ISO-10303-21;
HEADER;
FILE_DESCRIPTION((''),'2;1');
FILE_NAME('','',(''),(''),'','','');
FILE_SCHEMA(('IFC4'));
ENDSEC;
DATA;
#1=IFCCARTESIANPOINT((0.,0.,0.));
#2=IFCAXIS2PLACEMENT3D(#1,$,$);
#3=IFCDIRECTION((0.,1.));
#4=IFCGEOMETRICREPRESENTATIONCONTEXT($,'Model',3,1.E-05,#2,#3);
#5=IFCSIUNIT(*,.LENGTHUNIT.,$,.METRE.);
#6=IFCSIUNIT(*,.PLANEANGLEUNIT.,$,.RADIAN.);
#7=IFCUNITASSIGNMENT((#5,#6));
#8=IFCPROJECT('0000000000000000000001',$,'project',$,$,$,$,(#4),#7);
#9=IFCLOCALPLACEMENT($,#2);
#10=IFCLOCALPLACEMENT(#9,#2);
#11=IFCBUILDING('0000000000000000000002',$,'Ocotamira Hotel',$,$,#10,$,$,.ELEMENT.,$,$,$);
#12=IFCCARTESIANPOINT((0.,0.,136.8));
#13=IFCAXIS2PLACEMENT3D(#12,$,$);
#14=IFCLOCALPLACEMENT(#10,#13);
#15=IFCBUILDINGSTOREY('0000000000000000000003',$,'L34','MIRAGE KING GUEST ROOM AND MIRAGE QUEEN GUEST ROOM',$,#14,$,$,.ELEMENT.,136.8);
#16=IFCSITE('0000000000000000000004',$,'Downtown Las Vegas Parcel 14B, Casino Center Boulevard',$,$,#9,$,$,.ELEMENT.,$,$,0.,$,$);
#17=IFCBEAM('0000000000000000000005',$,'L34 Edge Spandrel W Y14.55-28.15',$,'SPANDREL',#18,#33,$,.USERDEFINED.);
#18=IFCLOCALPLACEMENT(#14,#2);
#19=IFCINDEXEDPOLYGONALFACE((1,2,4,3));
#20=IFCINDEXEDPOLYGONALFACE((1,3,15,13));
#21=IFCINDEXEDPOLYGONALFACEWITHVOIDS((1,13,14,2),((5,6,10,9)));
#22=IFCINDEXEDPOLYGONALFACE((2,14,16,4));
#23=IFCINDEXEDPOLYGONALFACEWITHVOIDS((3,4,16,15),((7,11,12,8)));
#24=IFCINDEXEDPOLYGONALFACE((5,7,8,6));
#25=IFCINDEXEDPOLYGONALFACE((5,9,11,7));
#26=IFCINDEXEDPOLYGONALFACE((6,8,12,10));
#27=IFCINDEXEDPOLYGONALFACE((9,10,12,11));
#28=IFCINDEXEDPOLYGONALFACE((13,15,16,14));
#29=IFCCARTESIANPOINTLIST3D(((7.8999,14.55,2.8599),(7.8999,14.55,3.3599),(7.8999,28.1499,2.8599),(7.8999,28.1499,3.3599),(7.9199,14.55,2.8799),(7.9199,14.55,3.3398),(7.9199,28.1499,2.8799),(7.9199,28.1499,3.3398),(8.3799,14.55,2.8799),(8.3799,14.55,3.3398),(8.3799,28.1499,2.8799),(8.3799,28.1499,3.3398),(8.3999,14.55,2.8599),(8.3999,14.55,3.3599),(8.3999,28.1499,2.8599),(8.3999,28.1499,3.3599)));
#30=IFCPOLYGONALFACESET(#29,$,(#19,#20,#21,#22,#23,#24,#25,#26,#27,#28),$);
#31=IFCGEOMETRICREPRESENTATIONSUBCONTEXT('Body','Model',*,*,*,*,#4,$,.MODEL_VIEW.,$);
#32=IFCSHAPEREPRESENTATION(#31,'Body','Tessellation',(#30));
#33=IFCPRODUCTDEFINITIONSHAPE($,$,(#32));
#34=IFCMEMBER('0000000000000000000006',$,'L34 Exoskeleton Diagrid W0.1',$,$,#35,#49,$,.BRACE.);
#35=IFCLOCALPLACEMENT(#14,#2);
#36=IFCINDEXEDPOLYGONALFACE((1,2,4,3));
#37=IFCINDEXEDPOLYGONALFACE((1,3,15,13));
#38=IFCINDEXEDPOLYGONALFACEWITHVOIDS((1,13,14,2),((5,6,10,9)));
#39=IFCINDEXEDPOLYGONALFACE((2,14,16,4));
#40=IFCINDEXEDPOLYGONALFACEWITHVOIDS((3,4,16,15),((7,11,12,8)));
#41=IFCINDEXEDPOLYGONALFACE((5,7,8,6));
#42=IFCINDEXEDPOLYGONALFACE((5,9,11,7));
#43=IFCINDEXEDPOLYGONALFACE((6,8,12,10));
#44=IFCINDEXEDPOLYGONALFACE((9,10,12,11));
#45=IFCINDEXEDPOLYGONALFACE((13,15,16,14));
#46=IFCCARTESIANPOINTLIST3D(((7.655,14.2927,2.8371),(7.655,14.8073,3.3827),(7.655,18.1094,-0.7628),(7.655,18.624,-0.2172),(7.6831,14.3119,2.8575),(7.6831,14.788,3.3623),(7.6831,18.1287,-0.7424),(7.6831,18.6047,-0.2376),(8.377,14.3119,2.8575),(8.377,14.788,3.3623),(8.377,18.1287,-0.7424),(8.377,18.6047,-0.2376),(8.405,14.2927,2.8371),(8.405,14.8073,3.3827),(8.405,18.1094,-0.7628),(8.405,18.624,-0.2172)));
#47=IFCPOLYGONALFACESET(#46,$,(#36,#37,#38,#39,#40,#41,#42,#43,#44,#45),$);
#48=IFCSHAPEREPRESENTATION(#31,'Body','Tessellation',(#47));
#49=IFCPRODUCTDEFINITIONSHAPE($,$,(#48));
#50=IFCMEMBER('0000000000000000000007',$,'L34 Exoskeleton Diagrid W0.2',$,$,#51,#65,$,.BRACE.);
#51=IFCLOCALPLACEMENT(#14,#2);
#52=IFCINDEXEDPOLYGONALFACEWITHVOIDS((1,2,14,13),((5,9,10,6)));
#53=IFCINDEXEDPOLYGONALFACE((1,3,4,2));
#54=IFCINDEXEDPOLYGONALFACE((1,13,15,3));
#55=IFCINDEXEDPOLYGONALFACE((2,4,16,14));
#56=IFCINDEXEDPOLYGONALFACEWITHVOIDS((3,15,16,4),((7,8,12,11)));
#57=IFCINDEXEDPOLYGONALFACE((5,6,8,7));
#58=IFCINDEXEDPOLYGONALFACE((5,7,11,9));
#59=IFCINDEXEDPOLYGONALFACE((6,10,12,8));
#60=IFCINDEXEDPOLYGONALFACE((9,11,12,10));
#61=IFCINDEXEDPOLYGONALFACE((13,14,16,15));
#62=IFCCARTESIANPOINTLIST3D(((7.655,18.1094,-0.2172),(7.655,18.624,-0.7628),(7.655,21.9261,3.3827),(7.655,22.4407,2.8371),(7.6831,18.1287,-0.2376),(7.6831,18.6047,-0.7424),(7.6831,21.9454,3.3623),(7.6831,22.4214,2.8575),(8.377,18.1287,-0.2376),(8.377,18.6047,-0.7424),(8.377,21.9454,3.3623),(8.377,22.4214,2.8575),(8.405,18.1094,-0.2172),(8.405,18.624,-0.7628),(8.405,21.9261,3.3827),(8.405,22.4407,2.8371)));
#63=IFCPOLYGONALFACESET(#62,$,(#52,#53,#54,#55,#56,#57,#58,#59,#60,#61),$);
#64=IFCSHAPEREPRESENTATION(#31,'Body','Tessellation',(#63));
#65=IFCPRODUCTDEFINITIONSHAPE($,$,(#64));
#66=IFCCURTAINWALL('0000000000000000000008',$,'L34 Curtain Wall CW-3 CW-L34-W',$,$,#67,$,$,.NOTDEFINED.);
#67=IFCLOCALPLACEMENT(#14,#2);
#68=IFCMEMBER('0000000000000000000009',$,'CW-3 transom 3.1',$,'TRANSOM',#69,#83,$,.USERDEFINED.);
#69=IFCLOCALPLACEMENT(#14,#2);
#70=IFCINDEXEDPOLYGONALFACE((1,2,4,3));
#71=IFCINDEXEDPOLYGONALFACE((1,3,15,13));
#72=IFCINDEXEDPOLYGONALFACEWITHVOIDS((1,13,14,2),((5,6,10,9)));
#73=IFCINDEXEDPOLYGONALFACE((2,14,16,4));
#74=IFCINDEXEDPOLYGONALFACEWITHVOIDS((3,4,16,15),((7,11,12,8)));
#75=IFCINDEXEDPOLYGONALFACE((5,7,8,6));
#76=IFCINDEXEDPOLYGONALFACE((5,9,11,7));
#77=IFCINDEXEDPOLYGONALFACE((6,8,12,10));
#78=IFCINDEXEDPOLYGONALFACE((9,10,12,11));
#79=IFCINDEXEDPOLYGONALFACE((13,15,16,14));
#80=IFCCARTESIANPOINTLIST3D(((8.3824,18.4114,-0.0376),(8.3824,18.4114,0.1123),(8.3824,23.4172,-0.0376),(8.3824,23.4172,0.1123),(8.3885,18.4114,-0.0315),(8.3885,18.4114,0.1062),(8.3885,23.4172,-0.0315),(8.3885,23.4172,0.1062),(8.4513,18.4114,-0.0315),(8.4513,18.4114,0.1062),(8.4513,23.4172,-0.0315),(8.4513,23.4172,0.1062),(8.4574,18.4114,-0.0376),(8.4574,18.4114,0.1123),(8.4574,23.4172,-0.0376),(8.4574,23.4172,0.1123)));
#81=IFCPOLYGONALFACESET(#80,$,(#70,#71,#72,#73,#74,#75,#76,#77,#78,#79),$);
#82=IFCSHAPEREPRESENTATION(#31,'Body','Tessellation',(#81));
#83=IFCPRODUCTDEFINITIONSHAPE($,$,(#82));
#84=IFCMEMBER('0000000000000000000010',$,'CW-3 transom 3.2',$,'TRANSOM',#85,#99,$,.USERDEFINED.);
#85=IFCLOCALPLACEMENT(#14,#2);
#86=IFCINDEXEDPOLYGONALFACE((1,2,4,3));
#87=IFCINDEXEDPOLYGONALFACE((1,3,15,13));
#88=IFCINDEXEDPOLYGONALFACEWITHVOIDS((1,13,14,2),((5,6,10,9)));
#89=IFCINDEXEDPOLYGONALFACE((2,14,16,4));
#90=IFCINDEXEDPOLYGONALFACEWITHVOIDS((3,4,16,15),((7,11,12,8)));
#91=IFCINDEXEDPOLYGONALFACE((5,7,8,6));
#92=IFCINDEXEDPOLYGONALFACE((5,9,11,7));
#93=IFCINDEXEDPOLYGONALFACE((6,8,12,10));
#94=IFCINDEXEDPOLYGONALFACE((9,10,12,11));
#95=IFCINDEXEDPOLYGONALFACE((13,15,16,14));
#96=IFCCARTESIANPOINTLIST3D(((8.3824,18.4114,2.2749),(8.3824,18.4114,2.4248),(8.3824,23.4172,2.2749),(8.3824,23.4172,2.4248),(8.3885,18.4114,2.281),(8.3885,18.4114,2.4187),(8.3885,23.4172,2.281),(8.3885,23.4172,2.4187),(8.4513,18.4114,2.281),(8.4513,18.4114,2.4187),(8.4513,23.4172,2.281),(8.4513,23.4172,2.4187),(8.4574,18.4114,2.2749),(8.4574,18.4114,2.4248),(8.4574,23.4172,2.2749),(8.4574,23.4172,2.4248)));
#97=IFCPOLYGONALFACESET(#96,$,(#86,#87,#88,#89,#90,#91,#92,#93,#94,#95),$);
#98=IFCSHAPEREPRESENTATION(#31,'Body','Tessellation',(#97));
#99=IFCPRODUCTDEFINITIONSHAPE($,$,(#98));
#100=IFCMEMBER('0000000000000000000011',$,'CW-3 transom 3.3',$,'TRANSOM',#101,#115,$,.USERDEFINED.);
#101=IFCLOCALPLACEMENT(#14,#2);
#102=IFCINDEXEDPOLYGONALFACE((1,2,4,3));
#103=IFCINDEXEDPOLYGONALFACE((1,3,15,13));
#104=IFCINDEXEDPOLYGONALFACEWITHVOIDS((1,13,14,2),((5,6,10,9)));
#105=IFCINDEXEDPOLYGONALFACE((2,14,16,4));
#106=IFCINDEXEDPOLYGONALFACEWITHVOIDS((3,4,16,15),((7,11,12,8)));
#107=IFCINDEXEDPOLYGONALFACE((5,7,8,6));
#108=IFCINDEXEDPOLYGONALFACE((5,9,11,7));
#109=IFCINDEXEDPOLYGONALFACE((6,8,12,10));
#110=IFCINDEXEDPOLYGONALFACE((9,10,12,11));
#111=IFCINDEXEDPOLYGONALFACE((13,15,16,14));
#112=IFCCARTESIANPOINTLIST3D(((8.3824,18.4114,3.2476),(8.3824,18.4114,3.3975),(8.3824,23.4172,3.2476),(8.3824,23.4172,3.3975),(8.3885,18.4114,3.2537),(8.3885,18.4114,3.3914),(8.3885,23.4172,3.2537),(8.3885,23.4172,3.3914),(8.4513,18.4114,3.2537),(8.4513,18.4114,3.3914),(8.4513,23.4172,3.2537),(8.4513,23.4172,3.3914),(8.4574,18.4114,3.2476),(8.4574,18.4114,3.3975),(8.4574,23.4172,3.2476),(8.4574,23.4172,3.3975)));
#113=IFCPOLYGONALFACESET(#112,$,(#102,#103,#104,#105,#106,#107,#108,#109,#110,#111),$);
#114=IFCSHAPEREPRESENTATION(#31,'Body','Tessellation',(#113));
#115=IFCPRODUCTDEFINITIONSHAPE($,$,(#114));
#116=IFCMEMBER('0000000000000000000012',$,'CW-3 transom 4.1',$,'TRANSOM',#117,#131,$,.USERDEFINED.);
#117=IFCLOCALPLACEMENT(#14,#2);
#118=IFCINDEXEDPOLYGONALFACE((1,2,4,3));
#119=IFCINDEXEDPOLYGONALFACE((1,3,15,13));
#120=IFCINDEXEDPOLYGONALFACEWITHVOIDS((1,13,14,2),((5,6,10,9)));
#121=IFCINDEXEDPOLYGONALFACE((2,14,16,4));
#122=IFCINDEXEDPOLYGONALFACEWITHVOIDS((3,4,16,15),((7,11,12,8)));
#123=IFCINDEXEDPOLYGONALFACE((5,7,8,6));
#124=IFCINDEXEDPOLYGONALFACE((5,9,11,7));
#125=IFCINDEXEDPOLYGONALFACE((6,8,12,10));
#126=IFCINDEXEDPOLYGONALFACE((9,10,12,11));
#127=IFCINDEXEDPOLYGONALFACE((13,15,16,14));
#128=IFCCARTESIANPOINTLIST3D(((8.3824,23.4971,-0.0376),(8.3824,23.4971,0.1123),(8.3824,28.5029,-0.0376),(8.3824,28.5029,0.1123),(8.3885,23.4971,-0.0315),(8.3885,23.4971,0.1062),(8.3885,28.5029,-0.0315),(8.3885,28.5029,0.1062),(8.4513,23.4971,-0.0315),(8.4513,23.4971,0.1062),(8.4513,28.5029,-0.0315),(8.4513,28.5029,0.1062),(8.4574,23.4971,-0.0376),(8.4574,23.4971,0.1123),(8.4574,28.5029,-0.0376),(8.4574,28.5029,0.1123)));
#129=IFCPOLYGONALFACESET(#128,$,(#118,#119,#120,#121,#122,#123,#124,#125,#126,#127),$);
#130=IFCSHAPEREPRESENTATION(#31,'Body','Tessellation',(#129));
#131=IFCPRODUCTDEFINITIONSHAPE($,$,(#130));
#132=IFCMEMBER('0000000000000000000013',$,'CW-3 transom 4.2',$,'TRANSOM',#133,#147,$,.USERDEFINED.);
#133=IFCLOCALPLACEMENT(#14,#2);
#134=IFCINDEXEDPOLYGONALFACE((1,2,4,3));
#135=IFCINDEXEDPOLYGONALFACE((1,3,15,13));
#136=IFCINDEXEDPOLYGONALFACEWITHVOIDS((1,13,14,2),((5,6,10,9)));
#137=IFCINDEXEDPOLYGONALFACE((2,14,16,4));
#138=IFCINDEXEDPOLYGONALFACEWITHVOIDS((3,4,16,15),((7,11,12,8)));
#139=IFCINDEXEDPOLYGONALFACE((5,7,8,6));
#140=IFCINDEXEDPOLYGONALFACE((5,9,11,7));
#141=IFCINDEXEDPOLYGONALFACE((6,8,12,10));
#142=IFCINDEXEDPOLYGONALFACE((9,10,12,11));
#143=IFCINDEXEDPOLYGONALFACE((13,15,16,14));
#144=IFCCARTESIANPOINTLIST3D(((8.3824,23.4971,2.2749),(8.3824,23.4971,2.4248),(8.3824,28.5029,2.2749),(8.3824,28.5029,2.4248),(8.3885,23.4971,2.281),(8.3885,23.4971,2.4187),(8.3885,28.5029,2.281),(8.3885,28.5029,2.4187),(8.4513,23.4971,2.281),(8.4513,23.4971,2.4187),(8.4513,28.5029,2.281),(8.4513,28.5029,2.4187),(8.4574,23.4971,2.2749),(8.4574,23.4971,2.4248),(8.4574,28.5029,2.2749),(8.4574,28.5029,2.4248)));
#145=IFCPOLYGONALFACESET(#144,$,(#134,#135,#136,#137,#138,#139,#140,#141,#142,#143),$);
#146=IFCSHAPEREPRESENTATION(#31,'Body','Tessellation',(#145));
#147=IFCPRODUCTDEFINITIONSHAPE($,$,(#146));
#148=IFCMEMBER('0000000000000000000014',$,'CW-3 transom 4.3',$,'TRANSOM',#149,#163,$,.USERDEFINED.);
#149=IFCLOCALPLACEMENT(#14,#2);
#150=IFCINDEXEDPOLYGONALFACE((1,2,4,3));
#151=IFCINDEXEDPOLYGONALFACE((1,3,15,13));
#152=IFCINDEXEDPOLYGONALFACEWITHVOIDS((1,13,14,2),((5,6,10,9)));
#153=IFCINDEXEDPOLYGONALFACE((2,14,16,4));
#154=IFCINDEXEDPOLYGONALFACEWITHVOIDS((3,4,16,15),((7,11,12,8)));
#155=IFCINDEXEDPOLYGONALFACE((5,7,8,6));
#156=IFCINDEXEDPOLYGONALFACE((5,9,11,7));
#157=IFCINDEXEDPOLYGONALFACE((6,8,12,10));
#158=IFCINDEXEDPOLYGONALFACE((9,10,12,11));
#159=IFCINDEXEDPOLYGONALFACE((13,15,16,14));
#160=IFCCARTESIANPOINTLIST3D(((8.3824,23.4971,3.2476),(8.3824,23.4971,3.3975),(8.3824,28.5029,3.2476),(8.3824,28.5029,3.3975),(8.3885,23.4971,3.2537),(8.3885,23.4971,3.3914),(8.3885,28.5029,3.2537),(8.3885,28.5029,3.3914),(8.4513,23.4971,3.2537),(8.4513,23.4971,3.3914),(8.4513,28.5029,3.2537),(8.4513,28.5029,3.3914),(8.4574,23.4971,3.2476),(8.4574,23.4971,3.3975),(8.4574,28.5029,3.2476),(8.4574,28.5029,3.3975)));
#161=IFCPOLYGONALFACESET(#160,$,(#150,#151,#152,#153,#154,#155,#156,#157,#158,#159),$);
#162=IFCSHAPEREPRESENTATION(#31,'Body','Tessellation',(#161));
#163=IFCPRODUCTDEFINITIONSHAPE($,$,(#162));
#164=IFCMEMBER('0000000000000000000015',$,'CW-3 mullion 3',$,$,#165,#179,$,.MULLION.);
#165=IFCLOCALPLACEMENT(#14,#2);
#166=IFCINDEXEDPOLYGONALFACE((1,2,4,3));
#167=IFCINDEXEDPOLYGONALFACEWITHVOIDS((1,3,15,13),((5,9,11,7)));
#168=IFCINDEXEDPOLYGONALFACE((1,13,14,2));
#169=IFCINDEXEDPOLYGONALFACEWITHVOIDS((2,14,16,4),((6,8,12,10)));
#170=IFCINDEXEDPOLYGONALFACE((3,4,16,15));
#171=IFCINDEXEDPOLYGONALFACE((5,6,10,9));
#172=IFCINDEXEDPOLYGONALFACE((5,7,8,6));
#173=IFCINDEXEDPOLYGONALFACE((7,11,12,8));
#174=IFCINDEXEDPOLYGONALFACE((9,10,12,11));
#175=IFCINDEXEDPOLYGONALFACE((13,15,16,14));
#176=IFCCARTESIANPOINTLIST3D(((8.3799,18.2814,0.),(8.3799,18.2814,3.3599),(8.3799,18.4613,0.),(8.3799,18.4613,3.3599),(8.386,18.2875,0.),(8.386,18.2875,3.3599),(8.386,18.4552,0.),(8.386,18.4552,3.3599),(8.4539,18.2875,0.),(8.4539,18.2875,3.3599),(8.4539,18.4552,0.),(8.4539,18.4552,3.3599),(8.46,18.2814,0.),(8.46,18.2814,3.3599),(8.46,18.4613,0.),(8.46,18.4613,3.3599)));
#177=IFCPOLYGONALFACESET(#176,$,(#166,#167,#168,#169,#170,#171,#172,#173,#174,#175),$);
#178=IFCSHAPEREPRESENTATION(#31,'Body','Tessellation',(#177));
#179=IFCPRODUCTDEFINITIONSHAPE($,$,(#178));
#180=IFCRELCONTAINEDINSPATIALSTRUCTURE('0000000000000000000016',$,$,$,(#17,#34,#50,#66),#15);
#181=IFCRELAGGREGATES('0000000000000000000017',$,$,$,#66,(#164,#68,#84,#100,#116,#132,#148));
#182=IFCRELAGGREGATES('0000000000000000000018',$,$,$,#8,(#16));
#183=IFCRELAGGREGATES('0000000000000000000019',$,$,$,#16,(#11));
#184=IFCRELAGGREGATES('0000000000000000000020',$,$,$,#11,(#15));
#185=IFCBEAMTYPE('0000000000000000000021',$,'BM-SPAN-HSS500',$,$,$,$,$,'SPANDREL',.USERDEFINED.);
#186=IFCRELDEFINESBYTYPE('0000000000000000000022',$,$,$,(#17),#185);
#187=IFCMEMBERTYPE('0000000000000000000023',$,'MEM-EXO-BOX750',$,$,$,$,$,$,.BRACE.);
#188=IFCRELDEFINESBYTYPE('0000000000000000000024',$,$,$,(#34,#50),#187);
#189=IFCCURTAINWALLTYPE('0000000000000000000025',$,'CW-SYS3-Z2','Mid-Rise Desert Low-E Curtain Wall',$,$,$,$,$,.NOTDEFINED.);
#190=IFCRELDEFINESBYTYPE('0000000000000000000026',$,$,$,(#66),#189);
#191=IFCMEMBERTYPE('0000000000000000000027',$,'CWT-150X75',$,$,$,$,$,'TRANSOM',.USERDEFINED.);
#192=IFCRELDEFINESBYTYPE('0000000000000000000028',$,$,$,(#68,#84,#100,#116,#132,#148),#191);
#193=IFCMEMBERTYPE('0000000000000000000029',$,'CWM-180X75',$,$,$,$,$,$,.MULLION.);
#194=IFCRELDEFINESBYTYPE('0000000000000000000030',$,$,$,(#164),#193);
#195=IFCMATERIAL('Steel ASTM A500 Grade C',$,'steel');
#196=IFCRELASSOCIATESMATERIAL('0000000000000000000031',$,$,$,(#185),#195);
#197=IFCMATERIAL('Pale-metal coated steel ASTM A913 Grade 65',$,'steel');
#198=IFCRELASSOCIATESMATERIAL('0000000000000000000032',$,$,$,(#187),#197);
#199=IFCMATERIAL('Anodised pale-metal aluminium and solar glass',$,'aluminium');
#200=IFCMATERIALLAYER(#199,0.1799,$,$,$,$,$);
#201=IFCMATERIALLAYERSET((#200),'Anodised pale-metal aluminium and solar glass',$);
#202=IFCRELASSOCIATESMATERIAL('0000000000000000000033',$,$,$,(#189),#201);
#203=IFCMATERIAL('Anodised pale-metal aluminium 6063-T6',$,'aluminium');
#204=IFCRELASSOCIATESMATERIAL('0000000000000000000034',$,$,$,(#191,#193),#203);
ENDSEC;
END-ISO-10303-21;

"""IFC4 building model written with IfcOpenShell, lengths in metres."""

from ifc_helpers import new_model, si_unit, direction, frame, origin, origin_2d, place, context, subcontext, project, spatial, hollow_rectangle, extrude, source, transform, mapped, material, layer, layer_set, material_profile, profile_set, type_object, element, aggregate, save


model = new_model("IFC4")

# Units and contexts
model_context = context("Model", 3, precision=1e-05, world=origin(), true_north=direction((0.0, 1.0)))
body_context = subcontext(model_context, "Body", "Model", "MODEL_VIEW")
ifc_project = project(units=[si_unit("LENGTHUNIT", "METRE"), si_unit("PLANEANGLEUNIT", "RADIAN")], contexts=[model_context])

# Site, building, storey
site_placement = place(None, origin())
site = spatial("IfcSite", under=ifc_project, at=site_placement, Name="Downtown Las Vegas Parcel 14B, Casino Center Boulevard", CompositionType="ELEMENT", RefElevation=0.0)
building_placement = place(site_placement, origin())
building = spatial("IfcBuilding", under=site, at=building_placement, Name="Ocotamira Hotel", CompositionType="ELEMENT")
storey_placement = place(building_placement, frame((0.0, 0.0, 136.8)))
storey = spatial("IfcBuildingStorey", under=building, at=storey_placement, Name="L34", Description="MIRAGE KING GUEST ROOM AND MIRAGE QUEEN GUEST ROOM", CompositionType="ELEMENT", Elevation=136.8)

# Beam
ifc_material_1 = material(Name="Steel ASTM A500 Grade C", Category="steel")
ifc_material_profile_1 = material_profile(ifc_material_1, hollow_rectangle(XDim=0.5, YDim=0.5, WallThickness=0.02, at=origin_2d()), Name="HSS500X500X20")
ifc_profile_set_1 = profile_set([ifc_material_profile_1], Name="Steel ASTM A500 Grade C")
beam_type_1 = type_object("IfcBeamType", Name="BM-SPAN-HSS500", ElementType="SPANDREL", PredefinedType="USERDEFINED", material=ifc_profile_set_1)
shared_shape_1 = source(origin(), body_context, "Body", "SweptSolid", [
    extrude(hollow_rectangle(XDim=0.5, YDim=0.5, WallThickness=0.02, at=origin_2d()), origin(), (0.0, 0.0, 1.0), 13.5999),
])
beam_1_placement = place(storey_placement, frame((8.1499, 14.55, 3.1099), z_axis=(0.0, 1.0, 0.0), x_axis=(-1.0, 0.0, 0.0)))
element("IfcBeam", 1, at=beam_1_placement, inside=storey, type_object=beam_type_1, Name="L34 Edge Spandrel W Y14.55-28.15", ObjectType="SPANDREL", PredefinedType="USERDEFINED", context=body_context, shape_type="MappedRepresentation", body=[
    mapped(shared_shape_1, transform((0.0, 0.0, 0.0), scale=1.0)),
])

# Members
ifc_material_2 = material(Name="Pale-metal coated steel ASTM A913 Grade 65", Category="steel")
ifc_material_profile_2 = material_profile(ifc_material_2, hollow_rectangle(XDim=0.75, YDim=0.75, WallThickness=0.0281, at=origin_2d()), Name="BOX750X750X28")
ifc_profile_set_2 = profile_set([ifc_material_profile_2], Name="Pale-metal coated steel ASTM A913 Grade 65")
member_type_1 = type_object("IfcMemberType", Name="MEM-EXO-BOX750", PredefinedType="BRACE", material=ifc_profile_set_2)
shared_shape_2 = source(origin(), body_context, "Body", "SweptSolid", [
    extrude(hollow_rectangle(XDim=0.75, YDim=0.75, WallThickness=0.0281, at=origin_2d()), origin(), (0.0, 0.0, 1.0), 5.2466),
])
for number, where, z_axis, x_axis, name in (
    (2, (8.03, 18.3667, -0.49), (0.0, -0.727466, 0.686144), (1.0, 0.0, 0.0), "L34 Exoskeleton Diagrid W0.1"),
    (3, (8.03, 18.3667, -0.49), (0.0, 0.727466, 0.686144), (-1.0, 0.0, 0.0), "L34 Exoskeleton Diagrid W0.2"),
):
    element("IfcMember", number, at=place(storey_placement, frame(where, z_axis=z_axis, x_axis=x_axis)), inside=storey, type_object=member_type_1, Name=name, PredefinedType="BRACE", context=body_context, shape_type="MappedRepresentation", body=[
        mapped(shared_shape_2, transform((0.0, 0.0, 0.0), scale=1.0)),
    ])

# Curtain wall, members
ifc_material_3 = material(Name="Anodised pale-metal aluminium and solar glass", Category="aluminium")
ifc_layer_1 = layer(ifc_material_3, 0.1799)
ifc_layer_set_1 = layer_set([ifc_layer_1], Name="Anodised pale-metal aluminium and solar glass")
curtain_wall_type = type_object("IfcCurtainWallType", Name="CW-SYS3-Z2", Description="Mid-Rise Desert Low-E Curtain Wall", PredefinedType="NOTDEFINED", material=ifc_layer_set_1)
curtain_wall_placement = place(storey_placement, origin())
curtain_wall = element("IfcCurtainWall", 4, at=curtain_wall_placement, inside=storey, type_object=curtain_wall_type, Name="L34 Curtain Wall CW-3 CW-L34-W", PredefinedType="NOTDEFINED")
ifc_material_4 = material(Name="Anodised pale-metal aluminium 6063-T6", Category="aluminium")
ifc_material_profile_3 = material_profile(ifc_material_4, hollow_rectangle(XDim=0.075, YDim=0.1499, WallThickness=0.0061, at=origin_2d()), Name="HSS150X75X6")
ifc_profile_set_3 = profile_set([ifc_material_profile_3], Name="Anodised pale-metal aluminium 6063-T6")
member_type_2 = type_object("IfcMemberType", Name="CWT-150X75", ElementType="TRANSOM", PredefinedType="USERDEFINED", material=ifc_profile_set_3)
shared_shape_3 = source(origin(), body_context, "Body", "SweptSolid", [
    extrude(hollow_rectangle(XDim=0.075, YDim=0.1499, WallThickness=0.0061, at=origin_2d()), origin(), (0.0, 0.0, 1.0), 5.0059),
])
member_1_placement = place(storey_placement, frame((8.4199, 18.4114, 0.0374), z_axis=(0.0, 1.0, 0.0), x_axis=(-1.0, 0.0, 0.0)))
member_1 = element("IfcMember", 5, at=member_1_placement, type_object=member_type_2, Name="CW-3 transom 3.1", ObjectType="TRANSOM", PredefinedType="USERDEFINED", context=body_context, shape_type="MappedRepresentation", body=[
    mapped(shared_shape_3, transform((0.0, 0.0, 0.0), scale=1.0)),
])
member_2_placement = place(storey_placement, frame((8.4199, 18.4114, 2.3499), z_axis=(0.0, 1.0, 0.0), x_axis=(-1.0, 0.0, 0.0)))
member_2 = element("IfcMember", 6, at=member_2_placement, type_object=member_type_2, Name="CW-3 transom 3.2", ObjectType="TRANSOM", PredefinedType="USERDEFINED", context=body_context, shape_type="MappedRepresentation", body=[
    mapped(shared_shape_3, transform((0.0, 0.0, 0.0), scale=1.0)),
])
member_3_placement = place(storey_placement, frame((8.4199, 18.4114, 3.3225), z_axis=(0.0, 1.0, 0.0), x_axis=(-1.0, 0.0, 0.0)))
member_3 = element("IfcMember", 7, at=member_3_placement, type_object=member_type_2, Name="CW-3 transom 3.3", ObjectType="TRANSOM", PredefinedType="USERDEFINED", context=body_context, shape_type="MappedRepresentation", body=[
    mapped(shared_shape_3, transform((0.0, 0.0, 0.0), scale=1.0)),
])
member_4_placement = place(storey_placement, frame((8.4199, 23.4971, 0.0374), z_axis=(0.0, 1.0, 0.0), x_axis=(-1.0, 0.0, 0.0)))
member_4 = element("IfcMember", 8, at=member_4_placement, type_object=member_type_2, Name="CW-3 transom 4.1", ObjectType="TRANSOM", PredefinedType="USERDEFINED", context=body_context, shape_type="MappedRepresentation", body=[
    mapped(shared_shape_3, transform((0.0, 0.0, 0.0), scale=1.0)),
])
member_5_placement = place(storey_placement, frame((8.4199, 23.4971, 2.3499), z_axis=(0.0, 1.0, 0.0), x_axis=(-1.0, 0.0, 0.0)))
member_5 = element("IfcMember", 9, at=member_5_placement, type_object=member_type_2, Name="CW-3 transom 4.2", ObjectType="TRANSOM", PredefinedType="USERDEFINED", context=body_context, shape_type="MappedRepresentation", body=[
    mapped(shared_shape_3, transform((0.0, 0.0, 0.0), scale=1.0)),
])
member_6_placement = place(storey_placement, frame((8.4199, 23.4971, 3.3225), z_axis=(0.0, 1.0, 0.0), x_axis=(-1.0, 0.0, 0.0)))
member_6 = element("IfcMember", 10, at=member_6_placement, type_object=member_type_2, Name="CW-3 transom 4.3", ObjectType="TRANSOM", PredefinedType="USERDEFINED", context=body_context, shape_type="MappedRepresentation", body=[
    mapped(shared_shape_3, transform((0.0, 0.0, 0.0), scale=1.0)),
])
ifc_material_profile_4 = material_profile(ifc_material_4, hollow_rectangle(XDim=0.0801, YDim=0.1799, WallThickness=0.0061, at=origin_2d()), Name="HSS180X80X6")
ifc_profile_set_4 = profile_set([ifc_material_profile_4], Name="Anodised pale-metal aluminium 6063-T6")
member_type_3 = type_object("IfcMemberType", Name="CWM-180X75", PredefinedType="MULLION", material=ifc_profile_set_4)
shared_shape_4 = source(origin(), body_context, "Body", "SweptSolid", [
    extrude(hollow_rectangle(XDim=0.0801, YDim=0.1799, WallThickness=0.0061, at=origin_2d()), origin(), (0.0, 0.0, 1.0), 3.3599),
])
member_7_placement = place(storey_placement, frame((8.4199, 18.3713, 0.0), z_axis=(0.0, 0.0, 1.0), x_axis=(-1.0, 0.0, 0.0)))
member_7 = element("IfcMember", 11, at=member_7_placement, type_object=member_type_3, Name="CW-3 mullion 3", PredefinedType="MULLION", context=body_context, shape_type="MappedRepresentation", body=[
    mapped(shared_shape_4, transform((0.0, 0.0, 0.0), scale=1.0)),
])

aggregate(curtain_wall, [member_7, member_1, member_2, member_3, member_4, member_5, member_6])

save(model, "model.ifc")
